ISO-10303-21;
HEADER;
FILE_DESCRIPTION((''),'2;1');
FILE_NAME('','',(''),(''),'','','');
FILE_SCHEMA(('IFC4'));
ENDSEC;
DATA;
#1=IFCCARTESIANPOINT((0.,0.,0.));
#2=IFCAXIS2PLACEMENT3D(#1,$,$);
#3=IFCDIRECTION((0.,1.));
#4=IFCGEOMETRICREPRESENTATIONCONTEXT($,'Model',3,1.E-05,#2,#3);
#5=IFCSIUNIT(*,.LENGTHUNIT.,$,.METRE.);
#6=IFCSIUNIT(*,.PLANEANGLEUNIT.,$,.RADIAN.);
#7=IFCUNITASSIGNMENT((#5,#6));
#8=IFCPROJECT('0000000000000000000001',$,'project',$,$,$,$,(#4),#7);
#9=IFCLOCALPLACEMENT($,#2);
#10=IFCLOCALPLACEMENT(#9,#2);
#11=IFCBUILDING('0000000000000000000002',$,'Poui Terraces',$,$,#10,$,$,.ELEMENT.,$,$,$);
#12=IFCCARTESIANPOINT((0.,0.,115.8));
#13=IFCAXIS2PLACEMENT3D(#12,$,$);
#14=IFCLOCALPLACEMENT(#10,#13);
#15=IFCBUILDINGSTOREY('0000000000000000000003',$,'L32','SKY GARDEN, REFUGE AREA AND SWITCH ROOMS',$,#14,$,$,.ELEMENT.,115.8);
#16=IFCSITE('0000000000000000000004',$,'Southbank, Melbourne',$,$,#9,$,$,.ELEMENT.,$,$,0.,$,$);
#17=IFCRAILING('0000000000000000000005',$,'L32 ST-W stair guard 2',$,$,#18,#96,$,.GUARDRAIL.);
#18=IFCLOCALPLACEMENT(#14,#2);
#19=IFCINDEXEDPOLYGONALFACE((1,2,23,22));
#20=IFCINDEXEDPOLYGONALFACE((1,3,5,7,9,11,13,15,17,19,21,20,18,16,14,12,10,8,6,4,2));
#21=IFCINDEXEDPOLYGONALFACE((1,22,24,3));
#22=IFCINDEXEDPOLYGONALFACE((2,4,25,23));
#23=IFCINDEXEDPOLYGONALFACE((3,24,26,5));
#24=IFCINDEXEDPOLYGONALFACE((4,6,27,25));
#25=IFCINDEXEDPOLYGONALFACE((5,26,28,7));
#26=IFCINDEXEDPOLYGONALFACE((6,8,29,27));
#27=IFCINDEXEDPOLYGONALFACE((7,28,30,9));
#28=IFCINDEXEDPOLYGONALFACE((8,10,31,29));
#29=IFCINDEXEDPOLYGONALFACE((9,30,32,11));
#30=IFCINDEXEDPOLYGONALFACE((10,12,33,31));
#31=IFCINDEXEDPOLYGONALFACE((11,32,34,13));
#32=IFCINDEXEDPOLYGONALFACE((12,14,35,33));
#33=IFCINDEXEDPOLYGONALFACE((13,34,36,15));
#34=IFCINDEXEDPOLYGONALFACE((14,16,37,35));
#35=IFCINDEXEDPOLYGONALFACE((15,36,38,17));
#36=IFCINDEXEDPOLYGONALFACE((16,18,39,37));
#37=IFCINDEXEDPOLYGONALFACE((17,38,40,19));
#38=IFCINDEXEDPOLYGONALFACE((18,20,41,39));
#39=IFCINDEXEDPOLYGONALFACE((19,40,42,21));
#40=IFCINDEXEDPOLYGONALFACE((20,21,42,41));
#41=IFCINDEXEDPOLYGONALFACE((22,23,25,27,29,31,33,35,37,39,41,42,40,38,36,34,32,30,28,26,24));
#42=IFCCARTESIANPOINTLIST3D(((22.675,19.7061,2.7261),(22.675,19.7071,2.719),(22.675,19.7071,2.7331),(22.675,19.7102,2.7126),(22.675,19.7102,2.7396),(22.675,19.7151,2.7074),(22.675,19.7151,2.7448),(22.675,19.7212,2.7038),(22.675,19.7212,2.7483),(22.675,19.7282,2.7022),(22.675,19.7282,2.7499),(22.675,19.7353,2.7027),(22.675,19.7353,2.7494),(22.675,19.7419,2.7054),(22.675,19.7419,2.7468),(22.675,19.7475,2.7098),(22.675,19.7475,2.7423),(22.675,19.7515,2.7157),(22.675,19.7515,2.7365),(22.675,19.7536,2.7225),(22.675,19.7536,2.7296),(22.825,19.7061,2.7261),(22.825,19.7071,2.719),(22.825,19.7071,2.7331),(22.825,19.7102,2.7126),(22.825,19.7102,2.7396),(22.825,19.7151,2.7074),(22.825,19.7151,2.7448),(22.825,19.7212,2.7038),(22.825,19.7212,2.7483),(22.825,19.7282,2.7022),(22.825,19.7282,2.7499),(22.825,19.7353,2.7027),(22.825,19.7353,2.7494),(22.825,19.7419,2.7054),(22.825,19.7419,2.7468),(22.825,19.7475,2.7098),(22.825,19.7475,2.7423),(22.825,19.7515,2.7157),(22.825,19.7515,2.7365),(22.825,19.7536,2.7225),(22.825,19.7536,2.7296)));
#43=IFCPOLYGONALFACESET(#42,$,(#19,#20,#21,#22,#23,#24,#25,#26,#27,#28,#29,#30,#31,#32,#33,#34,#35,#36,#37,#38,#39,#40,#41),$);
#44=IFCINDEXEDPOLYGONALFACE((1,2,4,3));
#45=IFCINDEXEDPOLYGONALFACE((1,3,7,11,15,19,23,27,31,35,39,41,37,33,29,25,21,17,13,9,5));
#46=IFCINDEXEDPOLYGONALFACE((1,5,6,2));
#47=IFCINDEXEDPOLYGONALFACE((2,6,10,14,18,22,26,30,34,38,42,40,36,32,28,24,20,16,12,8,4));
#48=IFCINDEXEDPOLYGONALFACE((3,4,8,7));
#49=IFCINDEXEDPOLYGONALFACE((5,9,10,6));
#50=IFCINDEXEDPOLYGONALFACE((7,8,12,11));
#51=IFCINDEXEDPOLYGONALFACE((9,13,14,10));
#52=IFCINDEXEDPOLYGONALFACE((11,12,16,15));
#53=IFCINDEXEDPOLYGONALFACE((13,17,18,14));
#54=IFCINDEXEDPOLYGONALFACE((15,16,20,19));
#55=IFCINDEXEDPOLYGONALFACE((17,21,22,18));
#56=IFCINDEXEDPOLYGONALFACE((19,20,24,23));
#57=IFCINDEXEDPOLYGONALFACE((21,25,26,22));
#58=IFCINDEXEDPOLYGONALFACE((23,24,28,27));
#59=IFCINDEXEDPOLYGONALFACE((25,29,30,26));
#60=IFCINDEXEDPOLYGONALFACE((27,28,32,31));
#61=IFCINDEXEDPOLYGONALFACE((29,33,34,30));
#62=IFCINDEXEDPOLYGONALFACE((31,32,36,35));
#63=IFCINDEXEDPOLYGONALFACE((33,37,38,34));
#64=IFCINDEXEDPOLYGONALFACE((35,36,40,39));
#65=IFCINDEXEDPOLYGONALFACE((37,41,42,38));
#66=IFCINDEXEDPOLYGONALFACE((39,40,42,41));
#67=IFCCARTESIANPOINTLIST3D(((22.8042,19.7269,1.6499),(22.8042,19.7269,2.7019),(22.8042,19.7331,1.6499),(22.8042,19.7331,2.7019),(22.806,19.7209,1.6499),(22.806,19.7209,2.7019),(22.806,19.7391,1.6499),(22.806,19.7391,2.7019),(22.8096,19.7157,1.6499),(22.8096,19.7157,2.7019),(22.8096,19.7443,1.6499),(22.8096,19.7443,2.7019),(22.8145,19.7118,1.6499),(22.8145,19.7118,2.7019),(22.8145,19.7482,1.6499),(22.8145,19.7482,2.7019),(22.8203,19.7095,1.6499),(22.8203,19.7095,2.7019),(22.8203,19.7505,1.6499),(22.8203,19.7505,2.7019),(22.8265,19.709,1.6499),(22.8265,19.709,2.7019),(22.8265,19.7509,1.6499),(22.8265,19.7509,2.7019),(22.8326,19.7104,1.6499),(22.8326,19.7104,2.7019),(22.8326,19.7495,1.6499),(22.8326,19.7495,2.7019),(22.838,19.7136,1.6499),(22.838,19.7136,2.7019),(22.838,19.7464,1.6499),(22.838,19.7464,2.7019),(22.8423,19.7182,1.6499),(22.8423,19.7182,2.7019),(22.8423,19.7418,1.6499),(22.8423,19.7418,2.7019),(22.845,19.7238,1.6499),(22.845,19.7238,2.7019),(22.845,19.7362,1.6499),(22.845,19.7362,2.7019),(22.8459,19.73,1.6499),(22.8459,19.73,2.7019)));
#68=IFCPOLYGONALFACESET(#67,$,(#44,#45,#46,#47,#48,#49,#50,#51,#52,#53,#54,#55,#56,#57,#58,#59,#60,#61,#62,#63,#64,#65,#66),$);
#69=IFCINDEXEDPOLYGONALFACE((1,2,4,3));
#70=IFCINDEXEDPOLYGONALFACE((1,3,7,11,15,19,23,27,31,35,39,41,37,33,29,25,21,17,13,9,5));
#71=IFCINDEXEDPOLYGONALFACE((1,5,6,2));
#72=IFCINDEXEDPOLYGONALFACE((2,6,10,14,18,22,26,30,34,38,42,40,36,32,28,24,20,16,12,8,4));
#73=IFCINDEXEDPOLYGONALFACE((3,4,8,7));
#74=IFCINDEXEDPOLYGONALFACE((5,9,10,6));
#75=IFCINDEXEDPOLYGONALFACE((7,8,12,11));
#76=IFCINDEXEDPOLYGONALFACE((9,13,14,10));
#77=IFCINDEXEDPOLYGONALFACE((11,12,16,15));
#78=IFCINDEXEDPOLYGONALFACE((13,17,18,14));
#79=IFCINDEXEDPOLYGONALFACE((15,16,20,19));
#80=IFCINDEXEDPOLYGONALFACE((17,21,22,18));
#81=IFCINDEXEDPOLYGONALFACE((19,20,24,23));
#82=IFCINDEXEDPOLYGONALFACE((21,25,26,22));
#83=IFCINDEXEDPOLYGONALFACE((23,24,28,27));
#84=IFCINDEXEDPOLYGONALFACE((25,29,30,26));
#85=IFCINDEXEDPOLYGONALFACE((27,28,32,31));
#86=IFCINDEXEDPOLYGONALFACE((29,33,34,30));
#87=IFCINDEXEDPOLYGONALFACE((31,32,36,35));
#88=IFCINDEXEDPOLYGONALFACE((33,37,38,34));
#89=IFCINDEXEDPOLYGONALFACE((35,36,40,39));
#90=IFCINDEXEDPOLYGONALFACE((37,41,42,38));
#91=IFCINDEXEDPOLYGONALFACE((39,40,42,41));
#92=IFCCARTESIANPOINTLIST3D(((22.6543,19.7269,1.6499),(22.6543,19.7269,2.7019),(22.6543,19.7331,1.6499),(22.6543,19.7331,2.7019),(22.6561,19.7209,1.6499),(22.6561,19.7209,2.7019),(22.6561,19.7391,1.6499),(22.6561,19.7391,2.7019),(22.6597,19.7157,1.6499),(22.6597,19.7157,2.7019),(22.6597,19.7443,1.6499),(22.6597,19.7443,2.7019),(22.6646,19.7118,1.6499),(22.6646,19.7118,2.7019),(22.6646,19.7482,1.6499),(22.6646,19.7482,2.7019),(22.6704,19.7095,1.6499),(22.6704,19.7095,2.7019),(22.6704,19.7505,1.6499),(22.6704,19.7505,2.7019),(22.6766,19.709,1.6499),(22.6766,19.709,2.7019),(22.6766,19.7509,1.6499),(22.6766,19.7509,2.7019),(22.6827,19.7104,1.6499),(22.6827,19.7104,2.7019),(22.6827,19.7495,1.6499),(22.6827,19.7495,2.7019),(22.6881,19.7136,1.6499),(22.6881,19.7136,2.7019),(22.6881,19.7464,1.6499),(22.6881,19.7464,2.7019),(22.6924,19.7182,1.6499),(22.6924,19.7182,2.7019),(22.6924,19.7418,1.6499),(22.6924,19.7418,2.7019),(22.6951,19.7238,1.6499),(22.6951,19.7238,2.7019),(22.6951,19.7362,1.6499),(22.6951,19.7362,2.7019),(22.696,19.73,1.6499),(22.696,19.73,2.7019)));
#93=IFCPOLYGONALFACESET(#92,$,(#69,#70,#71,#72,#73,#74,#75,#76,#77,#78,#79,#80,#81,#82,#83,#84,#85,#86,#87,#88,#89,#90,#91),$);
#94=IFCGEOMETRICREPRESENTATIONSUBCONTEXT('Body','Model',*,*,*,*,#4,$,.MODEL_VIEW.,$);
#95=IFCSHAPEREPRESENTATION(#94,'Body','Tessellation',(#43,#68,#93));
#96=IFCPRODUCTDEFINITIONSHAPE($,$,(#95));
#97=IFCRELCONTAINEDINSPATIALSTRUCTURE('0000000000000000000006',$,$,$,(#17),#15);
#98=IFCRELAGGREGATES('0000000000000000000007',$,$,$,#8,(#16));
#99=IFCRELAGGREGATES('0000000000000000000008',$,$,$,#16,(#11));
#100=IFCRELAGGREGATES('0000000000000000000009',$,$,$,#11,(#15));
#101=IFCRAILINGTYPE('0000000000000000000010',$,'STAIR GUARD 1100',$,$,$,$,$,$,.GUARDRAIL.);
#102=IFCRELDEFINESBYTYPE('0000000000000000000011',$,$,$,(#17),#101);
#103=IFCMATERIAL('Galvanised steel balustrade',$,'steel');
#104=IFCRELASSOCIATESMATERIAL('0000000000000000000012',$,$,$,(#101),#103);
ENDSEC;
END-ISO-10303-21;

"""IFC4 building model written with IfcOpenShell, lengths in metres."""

from ifc_helpers import new_model, si_unit, direction, frame, origin, origin_2d, place, context, subcontext, project, spatial, circle, extrude, material, type_object, element, save


model = new_model("IFC4")

# Units and contexts
model_context = context("Model", 3, precision=1e-05, world=origin(), true_north=direction((0.0, 1.0)))
body_context = subcontext(model_context, "Body", "Model", "MODEL_VIEW")
ifc_project = project(units=[si_unit("LENGTHUNIT", "METRE"), si_unit("PLANEANGLEUNIT", "RADIAN")], contexts=[model_context])

# Site, building, storey
site_placement = place(None, origin())
site = spatial("IfcSite", under=ifc_project, at=site_placement, Name="Southbank, Melbourne", CompositionType="ELEMENT", RefElevation=0.0)
building_placement = place(site_placement, origin())
building = spatial("IfcBuilding", under=site, at=building_placement, Name="Poui Terraces", CompositionType="ELEMENT")
storey_placement = place(building_placement, frame((0.0, 0.0, 115.8)))
storey = spatial("IfcBuildingStorey", under=building, at=storey_placement, Name="L32", Description="SKY GARDEN, REFUGE AREA AND SWITCH ROOMS", CompositionType="ELEMENT", Elevation=115.8)

# Railing
ifc_material_1 = material(Name="Galvanised steel balustrade", Category="steel")
railing_type_1 = type_object("IfcRailingType", Name="STAIR GUARD 1100", PredefinedType="GUARDRAIL", material=ifc_material_1)
railing_1_placement = place(storey_placement, frame((22.825, 19.73, 1.6499)))
element("IfcRailing", 1, at=railing_1_placement, inside=storey, type_object=railing_type_1, Name="L32 ST-W stair guard 2", PredefinedType="GUARDRAIL", context=body_context, shape_type="SweptSolid", body=[
    extrude(circle(Radius=0.0239, at=origin_2d()), frame((0.0, 0.0, 1.0762), z_axis=(-1.0, 0.0, 0.0), x_axis=(0.0, -1.0, 0.0)), (0.0, 0.0, 1.0), 0.1499),
    extrude(circle(Radius=0.021, at=origin_2d()), origin(), (0.0, 0.0, 1.0), 1.052),
    extrude(circle(Radius=0.021, at=origin_2d()), frame((-0.1499, 0.0, 0.0)), (0.0, 0.0, 1.0), 1.052),
])

save(model, "model.ifc")
